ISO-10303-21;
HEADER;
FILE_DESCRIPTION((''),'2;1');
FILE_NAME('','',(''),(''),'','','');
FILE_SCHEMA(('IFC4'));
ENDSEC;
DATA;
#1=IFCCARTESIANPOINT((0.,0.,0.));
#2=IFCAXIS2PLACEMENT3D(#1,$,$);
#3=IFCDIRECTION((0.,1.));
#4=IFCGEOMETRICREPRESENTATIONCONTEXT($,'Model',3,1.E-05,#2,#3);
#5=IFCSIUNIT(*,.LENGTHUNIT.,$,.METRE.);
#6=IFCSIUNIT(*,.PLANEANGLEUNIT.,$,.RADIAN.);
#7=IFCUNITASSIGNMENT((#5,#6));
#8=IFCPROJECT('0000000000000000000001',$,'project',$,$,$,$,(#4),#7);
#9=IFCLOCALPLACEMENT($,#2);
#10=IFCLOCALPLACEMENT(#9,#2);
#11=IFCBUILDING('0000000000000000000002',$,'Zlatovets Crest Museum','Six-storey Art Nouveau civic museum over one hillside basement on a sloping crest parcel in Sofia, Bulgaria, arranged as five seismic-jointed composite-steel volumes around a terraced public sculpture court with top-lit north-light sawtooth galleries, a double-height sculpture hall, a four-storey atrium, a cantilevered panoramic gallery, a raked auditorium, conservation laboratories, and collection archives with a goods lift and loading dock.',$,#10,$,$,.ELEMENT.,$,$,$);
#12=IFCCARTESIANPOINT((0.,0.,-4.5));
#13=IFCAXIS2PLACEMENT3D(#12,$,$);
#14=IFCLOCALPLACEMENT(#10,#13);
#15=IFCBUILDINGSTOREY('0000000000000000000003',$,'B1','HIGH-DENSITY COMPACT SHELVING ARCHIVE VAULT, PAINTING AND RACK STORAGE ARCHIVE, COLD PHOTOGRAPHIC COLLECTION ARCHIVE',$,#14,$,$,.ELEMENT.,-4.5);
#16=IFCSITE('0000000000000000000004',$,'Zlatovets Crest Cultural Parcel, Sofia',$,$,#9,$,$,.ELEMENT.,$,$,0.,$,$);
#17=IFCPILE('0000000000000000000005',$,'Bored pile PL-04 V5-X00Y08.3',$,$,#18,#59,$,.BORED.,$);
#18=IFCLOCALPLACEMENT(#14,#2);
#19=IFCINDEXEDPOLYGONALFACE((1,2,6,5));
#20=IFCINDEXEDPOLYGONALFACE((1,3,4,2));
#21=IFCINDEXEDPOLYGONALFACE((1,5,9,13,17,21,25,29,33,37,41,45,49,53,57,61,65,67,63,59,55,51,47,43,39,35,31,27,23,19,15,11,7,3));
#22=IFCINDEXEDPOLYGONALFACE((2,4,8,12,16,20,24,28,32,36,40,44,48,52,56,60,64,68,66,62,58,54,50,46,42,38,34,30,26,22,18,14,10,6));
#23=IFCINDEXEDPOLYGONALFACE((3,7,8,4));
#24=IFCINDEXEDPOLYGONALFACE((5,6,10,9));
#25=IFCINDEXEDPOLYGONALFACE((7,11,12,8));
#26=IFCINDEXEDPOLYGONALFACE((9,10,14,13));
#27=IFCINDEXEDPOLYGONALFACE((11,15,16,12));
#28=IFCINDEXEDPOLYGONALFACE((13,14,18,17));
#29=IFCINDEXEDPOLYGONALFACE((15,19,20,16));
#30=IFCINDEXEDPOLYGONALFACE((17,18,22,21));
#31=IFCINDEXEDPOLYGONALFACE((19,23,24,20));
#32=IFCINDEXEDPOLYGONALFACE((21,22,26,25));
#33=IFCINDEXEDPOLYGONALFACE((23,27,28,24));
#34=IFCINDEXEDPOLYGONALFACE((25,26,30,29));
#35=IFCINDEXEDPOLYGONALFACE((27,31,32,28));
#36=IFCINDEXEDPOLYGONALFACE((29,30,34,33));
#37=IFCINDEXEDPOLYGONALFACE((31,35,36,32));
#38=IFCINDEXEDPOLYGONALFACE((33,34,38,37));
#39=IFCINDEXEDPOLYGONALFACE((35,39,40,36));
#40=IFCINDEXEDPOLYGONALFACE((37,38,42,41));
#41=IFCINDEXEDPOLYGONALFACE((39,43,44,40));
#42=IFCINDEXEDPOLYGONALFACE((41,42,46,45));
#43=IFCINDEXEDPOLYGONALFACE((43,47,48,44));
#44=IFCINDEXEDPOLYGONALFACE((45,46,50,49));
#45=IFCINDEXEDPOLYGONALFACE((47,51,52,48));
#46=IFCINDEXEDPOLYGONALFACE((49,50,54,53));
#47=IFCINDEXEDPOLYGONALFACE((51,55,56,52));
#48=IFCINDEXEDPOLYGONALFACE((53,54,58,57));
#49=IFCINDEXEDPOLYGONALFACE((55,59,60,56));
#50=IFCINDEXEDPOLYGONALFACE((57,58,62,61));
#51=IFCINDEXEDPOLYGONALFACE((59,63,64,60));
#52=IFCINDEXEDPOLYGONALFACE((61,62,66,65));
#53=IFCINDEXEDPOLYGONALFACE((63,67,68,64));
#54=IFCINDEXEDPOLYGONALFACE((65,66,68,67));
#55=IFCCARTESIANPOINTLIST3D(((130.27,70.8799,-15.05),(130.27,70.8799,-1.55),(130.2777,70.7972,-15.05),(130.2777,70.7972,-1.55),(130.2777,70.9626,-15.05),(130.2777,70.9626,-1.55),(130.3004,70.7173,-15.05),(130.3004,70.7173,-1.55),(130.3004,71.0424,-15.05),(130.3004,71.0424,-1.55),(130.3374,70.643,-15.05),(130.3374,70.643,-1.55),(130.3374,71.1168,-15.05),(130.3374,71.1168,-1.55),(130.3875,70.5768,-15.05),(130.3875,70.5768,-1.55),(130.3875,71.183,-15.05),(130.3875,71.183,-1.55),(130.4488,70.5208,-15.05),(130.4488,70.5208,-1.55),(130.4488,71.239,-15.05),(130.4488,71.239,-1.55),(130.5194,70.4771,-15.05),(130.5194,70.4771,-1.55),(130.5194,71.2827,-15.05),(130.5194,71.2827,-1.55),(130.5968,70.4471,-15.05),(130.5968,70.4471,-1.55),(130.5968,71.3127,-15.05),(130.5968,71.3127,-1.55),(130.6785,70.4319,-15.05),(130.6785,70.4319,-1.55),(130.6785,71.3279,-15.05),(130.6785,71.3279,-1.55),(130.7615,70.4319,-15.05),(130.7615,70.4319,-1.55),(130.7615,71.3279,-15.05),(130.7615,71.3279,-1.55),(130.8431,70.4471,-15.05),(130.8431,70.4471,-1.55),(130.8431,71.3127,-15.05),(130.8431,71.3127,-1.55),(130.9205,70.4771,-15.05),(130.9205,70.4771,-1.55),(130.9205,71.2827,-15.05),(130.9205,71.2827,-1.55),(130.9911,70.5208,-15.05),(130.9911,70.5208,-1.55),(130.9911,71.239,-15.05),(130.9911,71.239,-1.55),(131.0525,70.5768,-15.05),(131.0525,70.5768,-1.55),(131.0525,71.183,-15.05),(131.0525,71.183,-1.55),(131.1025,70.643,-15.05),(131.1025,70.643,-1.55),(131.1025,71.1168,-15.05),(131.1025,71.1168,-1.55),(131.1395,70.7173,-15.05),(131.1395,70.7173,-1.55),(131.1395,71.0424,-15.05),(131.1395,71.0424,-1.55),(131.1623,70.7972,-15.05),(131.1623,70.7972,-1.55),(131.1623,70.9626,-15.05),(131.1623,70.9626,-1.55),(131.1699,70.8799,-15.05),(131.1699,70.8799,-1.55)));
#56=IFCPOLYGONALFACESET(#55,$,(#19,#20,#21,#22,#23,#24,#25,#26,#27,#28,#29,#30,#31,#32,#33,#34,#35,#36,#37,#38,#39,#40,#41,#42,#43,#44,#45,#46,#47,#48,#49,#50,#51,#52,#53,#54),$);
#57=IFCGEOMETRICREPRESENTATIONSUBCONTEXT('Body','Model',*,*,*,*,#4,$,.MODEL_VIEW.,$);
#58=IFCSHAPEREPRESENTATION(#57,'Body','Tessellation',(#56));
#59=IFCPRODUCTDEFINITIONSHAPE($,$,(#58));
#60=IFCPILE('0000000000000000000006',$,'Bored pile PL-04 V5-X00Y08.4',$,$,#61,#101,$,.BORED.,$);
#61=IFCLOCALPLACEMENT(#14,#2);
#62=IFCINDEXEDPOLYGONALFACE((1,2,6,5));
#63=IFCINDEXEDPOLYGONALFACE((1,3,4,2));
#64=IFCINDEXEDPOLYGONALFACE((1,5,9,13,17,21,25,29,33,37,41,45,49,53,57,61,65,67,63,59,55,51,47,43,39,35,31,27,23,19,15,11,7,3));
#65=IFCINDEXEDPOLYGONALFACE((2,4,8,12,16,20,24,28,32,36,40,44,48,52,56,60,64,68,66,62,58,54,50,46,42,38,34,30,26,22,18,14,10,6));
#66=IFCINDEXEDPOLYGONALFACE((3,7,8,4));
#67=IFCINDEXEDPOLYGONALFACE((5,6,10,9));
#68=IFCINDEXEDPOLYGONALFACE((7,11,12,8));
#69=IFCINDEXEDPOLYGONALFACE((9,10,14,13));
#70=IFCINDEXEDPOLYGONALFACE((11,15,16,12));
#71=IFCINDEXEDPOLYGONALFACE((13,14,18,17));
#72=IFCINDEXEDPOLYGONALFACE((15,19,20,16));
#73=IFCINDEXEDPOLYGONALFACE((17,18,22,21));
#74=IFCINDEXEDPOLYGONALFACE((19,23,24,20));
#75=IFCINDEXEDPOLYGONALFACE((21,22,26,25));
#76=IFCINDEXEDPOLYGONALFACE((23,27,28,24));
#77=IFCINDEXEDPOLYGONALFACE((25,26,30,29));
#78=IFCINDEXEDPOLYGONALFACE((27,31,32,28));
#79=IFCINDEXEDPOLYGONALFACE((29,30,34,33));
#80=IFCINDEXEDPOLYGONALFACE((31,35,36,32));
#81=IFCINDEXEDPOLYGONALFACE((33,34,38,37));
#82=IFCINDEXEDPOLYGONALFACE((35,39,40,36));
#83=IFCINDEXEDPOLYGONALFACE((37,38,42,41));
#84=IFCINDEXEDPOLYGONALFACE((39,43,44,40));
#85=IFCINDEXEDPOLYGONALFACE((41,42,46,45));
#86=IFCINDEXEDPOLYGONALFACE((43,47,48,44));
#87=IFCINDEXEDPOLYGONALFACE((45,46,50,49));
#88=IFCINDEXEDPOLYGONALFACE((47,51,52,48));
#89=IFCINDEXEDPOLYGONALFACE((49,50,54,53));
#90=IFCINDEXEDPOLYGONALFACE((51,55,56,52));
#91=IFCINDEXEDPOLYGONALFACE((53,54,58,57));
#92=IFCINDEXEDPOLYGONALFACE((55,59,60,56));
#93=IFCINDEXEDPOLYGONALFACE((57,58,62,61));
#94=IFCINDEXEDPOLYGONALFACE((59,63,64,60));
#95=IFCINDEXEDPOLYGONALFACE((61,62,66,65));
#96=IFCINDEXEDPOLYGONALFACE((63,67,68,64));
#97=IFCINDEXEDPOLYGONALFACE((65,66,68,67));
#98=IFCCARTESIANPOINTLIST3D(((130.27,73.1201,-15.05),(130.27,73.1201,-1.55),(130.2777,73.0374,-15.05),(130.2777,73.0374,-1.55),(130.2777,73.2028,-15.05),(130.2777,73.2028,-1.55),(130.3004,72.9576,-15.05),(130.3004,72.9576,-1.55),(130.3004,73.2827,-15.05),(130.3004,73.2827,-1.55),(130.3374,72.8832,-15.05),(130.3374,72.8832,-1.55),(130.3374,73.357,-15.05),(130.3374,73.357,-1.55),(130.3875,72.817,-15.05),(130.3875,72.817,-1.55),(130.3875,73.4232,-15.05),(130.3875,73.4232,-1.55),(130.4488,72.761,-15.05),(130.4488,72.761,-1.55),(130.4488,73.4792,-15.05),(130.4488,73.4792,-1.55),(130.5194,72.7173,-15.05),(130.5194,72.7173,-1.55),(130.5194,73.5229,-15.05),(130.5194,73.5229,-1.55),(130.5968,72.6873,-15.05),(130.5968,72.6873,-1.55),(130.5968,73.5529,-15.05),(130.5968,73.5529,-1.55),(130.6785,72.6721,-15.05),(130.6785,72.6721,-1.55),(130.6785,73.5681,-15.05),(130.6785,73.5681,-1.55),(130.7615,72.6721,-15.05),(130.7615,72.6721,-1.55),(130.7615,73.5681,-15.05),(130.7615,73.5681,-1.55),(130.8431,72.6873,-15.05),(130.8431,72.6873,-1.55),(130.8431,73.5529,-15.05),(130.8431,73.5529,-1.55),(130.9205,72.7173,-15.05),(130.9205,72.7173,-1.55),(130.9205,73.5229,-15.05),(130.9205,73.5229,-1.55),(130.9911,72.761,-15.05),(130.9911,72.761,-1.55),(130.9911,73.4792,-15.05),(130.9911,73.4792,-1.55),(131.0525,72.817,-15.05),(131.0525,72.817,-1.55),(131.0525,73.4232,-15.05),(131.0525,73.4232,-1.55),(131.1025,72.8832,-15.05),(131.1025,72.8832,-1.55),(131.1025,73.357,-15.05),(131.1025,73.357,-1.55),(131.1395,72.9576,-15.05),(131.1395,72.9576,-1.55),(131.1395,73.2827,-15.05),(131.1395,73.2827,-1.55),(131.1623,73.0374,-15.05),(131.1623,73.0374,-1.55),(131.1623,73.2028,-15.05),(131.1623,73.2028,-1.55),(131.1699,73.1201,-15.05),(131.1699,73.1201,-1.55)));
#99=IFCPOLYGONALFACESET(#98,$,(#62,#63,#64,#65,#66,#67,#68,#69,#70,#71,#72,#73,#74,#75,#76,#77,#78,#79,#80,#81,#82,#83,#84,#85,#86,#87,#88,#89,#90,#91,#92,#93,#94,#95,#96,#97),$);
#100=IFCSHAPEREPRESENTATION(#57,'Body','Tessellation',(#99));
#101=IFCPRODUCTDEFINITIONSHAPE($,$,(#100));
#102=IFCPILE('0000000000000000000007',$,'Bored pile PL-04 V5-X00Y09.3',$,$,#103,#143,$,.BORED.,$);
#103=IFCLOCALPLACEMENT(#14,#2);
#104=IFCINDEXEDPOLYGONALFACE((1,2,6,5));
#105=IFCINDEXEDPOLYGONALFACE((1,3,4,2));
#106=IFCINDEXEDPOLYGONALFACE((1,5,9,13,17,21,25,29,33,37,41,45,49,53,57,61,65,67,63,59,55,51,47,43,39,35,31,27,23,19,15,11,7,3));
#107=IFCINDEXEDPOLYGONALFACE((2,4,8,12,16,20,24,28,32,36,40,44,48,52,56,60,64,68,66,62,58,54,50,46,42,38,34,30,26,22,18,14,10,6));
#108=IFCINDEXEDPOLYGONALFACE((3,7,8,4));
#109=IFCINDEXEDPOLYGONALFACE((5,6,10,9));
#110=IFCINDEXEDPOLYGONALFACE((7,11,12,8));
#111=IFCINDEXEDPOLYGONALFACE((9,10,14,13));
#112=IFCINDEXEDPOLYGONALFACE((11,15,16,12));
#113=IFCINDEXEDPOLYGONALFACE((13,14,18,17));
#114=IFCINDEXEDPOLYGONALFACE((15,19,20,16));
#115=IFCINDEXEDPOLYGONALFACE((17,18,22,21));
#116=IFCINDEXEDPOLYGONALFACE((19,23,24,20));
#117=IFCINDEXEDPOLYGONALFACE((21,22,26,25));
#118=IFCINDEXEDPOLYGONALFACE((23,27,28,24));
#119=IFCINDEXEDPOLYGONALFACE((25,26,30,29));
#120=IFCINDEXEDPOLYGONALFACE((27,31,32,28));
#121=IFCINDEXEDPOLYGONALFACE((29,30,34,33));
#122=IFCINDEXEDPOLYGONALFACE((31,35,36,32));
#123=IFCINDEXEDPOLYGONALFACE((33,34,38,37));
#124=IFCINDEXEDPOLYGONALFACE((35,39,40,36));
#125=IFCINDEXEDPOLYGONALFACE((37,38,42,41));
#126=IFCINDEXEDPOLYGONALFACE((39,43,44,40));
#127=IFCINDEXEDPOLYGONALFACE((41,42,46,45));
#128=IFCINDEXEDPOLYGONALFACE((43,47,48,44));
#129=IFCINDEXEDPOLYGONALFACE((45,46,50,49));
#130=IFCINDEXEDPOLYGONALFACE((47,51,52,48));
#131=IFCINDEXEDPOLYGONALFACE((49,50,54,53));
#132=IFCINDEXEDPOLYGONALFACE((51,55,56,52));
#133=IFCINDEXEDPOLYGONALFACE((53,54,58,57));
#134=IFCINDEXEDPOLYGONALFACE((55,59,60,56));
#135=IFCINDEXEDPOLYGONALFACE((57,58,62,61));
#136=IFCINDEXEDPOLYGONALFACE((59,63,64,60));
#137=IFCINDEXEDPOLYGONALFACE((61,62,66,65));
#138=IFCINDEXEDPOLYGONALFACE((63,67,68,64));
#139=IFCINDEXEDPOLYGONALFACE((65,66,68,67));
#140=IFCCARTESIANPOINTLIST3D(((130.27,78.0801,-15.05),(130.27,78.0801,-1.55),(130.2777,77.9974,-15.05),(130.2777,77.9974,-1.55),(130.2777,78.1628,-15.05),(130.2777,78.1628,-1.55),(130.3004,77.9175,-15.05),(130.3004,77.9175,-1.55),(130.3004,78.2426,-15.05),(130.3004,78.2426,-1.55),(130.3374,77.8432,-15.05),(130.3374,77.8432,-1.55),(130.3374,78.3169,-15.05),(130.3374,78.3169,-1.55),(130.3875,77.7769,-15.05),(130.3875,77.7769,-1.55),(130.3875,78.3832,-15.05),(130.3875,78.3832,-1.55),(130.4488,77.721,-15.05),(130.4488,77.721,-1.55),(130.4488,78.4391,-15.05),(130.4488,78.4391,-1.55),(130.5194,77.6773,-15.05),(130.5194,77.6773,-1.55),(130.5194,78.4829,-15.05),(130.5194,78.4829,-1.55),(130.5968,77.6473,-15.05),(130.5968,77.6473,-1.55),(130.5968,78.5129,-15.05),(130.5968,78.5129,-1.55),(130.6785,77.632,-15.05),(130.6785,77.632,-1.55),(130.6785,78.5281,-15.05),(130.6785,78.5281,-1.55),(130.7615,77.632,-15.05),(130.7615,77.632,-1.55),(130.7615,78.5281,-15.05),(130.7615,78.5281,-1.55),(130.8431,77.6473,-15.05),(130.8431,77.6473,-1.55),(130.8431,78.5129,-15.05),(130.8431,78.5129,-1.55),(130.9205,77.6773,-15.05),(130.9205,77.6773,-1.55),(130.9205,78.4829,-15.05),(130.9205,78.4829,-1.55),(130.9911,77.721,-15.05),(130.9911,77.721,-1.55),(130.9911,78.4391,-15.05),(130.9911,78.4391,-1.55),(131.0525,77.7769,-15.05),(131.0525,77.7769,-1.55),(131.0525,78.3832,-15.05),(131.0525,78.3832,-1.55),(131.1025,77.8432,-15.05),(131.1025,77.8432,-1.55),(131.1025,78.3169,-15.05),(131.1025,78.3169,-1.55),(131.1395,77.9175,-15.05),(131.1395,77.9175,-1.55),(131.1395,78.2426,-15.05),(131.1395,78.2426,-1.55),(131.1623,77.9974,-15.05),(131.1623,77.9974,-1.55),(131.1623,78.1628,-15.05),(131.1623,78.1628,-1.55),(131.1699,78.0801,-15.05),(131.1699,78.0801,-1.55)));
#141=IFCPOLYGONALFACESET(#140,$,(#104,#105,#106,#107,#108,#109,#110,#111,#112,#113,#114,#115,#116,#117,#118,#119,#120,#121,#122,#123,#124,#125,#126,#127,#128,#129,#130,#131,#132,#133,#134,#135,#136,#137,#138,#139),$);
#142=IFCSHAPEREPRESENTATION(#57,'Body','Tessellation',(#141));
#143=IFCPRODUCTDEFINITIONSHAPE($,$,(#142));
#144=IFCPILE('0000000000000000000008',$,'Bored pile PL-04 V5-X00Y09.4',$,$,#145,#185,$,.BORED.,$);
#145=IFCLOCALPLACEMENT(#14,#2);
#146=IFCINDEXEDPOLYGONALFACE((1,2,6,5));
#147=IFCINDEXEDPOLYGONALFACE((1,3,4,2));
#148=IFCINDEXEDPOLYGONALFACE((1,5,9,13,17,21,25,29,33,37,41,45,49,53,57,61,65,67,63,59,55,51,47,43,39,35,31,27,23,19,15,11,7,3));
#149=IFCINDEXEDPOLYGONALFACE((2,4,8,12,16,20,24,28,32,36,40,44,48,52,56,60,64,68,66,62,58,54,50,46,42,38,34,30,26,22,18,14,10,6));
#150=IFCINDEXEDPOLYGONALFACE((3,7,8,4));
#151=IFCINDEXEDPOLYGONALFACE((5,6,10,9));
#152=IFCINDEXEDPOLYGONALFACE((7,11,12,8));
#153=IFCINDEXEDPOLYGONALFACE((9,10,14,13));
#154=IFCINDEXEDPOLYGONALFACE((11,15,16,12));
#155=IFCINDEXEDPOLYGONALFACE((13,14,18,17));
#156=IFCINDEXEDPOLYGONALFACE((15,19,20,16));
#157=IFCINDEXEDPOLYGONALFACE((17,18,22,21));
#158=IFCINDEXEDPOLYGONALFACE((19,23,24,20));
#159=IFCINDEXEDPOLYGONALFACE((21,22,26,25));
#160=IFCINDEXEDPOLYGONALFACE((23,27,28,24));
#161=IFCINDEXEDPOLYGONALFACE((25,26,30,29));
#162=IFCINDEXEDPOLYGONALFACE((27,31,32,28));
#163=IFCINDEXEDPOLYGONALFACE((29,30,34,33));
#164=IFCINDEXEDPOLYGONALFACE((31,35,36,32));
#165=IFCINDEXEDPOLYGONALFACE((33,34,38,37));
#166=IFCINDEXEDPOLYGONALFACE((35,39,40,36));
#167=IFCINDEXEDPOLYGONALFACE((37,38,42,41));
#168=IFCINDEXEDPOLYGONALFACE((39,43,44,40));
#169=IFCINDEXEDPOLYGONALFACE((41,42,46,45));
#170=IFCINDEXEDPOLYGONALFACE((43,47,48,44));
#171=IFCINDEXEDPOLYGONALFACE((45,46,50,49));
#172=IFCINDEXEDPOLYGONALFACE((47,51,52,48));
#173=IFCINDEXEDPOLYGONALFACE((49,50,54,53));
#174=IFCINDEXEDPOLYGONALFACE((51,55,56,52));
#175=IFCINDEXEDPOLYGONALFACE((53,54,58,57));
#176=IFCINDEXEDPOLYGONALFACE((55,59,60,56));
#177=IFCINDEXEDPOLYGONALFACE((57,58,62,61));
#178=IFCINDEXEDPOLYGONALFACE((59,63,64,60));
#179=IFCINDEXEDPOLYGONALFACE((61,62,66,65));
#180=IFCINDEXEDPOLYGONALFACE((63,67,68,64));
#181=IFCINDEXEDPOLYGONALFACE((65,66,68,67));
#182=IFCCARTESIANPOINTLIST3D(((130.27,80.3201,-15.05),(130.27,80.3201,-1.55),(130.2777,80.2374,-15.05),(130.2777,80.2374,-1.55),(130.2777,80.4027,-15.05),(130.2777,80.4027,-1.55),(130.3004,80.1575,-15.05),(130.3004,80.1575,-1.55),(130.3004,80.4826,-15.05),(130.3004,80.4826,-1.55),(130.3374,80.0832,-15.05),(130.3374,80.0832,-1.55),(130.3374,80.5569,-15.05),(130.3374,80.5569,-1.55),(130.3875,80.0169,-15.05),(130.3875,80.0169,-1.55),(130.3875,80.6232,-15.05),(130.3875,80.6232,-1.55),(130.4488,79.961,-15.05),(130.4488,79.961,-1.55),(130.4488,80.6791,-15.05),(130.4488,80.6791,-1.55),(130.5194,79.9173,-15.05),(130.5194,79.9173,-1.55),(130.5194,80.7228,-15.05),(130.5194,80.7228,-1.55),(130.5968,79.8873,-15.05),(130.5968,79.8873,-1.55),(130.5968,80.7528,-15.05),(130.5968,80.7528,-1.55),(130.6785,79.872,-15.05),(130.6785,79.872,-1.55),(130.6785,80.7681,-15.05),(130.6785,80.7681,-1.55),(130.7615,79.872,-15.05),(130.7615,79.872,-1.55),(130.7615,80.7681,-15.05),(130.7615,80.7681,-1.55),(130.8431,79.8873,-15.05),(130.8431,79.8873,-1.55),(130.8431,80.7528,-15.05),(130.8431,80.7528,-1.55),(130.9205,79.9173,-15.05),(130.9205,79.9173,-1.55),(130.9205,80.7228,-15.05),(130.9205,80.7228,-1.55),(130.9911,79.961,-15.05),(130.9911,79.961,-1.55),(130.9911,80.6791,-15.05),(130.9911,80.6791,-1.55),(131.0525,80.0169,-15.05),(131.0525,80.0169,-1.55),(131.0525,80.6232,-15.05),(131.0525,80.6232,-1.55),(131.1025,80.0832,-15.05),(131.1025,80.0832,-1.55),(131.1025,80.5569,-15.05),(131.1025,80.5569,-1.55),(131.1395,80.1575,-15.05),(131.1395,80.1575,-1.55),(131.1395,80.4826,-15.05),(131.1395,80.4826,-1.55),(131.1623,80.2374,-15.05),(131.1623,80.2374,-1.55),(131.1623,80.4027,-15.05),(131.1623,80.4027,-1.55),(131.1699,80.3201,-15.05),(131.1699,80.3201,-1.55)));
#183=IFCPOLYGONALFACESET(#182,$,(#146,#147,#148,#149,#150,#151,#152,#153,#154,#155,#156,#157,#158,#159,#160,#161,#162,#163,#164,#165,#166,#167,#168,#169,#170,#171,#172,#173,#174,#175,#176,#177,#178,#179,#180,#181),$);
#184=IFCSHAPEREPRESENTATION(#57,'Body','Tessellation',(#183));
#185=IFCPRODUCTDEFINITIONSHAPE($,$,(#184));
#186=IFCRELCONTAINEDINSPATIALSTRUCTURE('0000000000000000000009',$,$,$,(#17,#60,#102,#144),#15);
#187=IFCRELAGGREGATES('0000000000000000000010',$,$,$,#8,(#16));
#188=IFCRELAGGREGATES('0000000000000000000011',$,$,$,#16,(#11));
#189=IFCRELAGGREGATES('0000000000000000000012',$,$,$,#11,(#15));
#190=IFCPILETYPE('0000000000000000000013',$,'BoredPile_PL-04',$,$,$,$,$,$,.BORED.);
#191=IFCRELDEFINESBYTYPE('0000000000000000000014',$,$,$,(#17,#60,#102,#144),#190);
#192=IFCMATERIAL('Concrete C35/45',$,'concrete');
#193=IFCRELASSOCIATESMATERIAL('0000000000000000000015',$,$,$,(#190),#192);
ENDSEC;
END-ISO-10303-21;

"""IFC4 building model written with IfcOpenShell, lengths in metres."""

from ifc_helpers import new_model, si_unit, direction, frame, origin, origin_2d, place, context, subcontext, project, spatial, circle, extrude, material, material_profile, profile_set, type_object, element, save


model = new_model("IFC4")

# Units and contexts
model_context = context("Model", 3, precision=1e-05, world=origin(), true_north=direction((0.0, 1.0)))
body_context = subcontext(model_context, "Body", "Model", "MODEL_VIEW")
ifc_project = project(units=[si_unit("LENGTHUNIT", "METRE"), si_unit("PLANEANGLEUNIT", "RADIAN")], contexts=[model_context])

# Site, building, storey
site_placement = place(None, origin())
site = spatial("IfcSite", under=ifc_project, at=site_placement, Name="Zlatovets Crest Cultural Parcel, Sofia", CompositionType="ELEMENT", RefElevation=0.0)
building_placement = place(site_placement, origin())
building = spatial("IfcBuilding", under=site, at=building_placement, Name="Zlatovets Crest Museum", Description="Six-storey Art Nouveau civic museum over one hillside basement on a sloping crest parcel in Sofia, Bulgaria, arranged as five seismic-jointed composite-steel volumes around a terraced public sculpture court with top-lit north-light sawtooth galleries, a double-height sculpture hall, a four-storey atrium, a cantilevered panoramic gallery, a raked auditorium, conservation laboratories, and collection archives with a goods lift and loading dock.", CompositionType="ELEMENT")
storey_placement = place(building_placement, frame((0.0, 0.0, -4.5)))
storey = spatial("IfcBuildingStorey", under=building, at=storey_placement, Name="B1", Description="HIGH-DENSITY COMPACT SHELVING ARCHIVE VAULT, PAINTING AND RACK STORAGE ARCHIVE, COLD PHOTOGRAPHIC COLLECTION ARCHIVE", CompositionType="ELEMENT", Elevation=-4.5)

# Piles
ifc_material_1 = material(Name="Concrete C35/45", Category="concrete")
ifc_material_profile_1 = material_profile(ifc_material_1, circle(Radius=0.45, at=origin_2d()), Name="PILE D900")
ifc_profile_set_1 = profile_set([ifc_material_profile_1], Name="Concrete C35/45")
pile_type = type_object("IfcPileType", Name="BoredPile_PL-04", PredefinedType="BORED", material=ifc_profile_set_1)
for number, where, z_axis, x_axis, name in (
    (1, (130.72, 70.8799, -1.55), (0.0, 0.0, -1.0), (1.0, 0.0, 0.0), "Bored pile PL-04 V5-X00Y08.3"),
    (2, (130.72, 73.1201, -1.55), (0.0, 0.0, -1.0), (1.0, 0.0, 0.0), "Bored pile PL-04 V5-X00Y08.4"),
    (3, (130.72, 78.0801, -1.55), (0.0, 0.0, -1.0), (1.0, 0.0, 0.0), "Bored pile PL-04 V5-X00Y09.3"),
    (4, (130.72, 80.3201, -1.55), (0.0, 0.0, -1.0), (1.0, 0.0, 0.0), "Bored pile PL-04 V5-X00Y09.4"),
):
    element("IfcPile", number, at=place(storey_placement, frame(where, z_axis=z_axis, x_axis=x_axis)), inside=storey, type_object=pile_type, Name=name, PredefinedType="BORED", context=body_context, shape_type="SweptSolid", body=[
        extrude(circle(Radius=0.45, at=origin_2d()), origin(), (0.0, 0.0, 1.0), 13.5),
    ])

save(model, "model.ifc")
